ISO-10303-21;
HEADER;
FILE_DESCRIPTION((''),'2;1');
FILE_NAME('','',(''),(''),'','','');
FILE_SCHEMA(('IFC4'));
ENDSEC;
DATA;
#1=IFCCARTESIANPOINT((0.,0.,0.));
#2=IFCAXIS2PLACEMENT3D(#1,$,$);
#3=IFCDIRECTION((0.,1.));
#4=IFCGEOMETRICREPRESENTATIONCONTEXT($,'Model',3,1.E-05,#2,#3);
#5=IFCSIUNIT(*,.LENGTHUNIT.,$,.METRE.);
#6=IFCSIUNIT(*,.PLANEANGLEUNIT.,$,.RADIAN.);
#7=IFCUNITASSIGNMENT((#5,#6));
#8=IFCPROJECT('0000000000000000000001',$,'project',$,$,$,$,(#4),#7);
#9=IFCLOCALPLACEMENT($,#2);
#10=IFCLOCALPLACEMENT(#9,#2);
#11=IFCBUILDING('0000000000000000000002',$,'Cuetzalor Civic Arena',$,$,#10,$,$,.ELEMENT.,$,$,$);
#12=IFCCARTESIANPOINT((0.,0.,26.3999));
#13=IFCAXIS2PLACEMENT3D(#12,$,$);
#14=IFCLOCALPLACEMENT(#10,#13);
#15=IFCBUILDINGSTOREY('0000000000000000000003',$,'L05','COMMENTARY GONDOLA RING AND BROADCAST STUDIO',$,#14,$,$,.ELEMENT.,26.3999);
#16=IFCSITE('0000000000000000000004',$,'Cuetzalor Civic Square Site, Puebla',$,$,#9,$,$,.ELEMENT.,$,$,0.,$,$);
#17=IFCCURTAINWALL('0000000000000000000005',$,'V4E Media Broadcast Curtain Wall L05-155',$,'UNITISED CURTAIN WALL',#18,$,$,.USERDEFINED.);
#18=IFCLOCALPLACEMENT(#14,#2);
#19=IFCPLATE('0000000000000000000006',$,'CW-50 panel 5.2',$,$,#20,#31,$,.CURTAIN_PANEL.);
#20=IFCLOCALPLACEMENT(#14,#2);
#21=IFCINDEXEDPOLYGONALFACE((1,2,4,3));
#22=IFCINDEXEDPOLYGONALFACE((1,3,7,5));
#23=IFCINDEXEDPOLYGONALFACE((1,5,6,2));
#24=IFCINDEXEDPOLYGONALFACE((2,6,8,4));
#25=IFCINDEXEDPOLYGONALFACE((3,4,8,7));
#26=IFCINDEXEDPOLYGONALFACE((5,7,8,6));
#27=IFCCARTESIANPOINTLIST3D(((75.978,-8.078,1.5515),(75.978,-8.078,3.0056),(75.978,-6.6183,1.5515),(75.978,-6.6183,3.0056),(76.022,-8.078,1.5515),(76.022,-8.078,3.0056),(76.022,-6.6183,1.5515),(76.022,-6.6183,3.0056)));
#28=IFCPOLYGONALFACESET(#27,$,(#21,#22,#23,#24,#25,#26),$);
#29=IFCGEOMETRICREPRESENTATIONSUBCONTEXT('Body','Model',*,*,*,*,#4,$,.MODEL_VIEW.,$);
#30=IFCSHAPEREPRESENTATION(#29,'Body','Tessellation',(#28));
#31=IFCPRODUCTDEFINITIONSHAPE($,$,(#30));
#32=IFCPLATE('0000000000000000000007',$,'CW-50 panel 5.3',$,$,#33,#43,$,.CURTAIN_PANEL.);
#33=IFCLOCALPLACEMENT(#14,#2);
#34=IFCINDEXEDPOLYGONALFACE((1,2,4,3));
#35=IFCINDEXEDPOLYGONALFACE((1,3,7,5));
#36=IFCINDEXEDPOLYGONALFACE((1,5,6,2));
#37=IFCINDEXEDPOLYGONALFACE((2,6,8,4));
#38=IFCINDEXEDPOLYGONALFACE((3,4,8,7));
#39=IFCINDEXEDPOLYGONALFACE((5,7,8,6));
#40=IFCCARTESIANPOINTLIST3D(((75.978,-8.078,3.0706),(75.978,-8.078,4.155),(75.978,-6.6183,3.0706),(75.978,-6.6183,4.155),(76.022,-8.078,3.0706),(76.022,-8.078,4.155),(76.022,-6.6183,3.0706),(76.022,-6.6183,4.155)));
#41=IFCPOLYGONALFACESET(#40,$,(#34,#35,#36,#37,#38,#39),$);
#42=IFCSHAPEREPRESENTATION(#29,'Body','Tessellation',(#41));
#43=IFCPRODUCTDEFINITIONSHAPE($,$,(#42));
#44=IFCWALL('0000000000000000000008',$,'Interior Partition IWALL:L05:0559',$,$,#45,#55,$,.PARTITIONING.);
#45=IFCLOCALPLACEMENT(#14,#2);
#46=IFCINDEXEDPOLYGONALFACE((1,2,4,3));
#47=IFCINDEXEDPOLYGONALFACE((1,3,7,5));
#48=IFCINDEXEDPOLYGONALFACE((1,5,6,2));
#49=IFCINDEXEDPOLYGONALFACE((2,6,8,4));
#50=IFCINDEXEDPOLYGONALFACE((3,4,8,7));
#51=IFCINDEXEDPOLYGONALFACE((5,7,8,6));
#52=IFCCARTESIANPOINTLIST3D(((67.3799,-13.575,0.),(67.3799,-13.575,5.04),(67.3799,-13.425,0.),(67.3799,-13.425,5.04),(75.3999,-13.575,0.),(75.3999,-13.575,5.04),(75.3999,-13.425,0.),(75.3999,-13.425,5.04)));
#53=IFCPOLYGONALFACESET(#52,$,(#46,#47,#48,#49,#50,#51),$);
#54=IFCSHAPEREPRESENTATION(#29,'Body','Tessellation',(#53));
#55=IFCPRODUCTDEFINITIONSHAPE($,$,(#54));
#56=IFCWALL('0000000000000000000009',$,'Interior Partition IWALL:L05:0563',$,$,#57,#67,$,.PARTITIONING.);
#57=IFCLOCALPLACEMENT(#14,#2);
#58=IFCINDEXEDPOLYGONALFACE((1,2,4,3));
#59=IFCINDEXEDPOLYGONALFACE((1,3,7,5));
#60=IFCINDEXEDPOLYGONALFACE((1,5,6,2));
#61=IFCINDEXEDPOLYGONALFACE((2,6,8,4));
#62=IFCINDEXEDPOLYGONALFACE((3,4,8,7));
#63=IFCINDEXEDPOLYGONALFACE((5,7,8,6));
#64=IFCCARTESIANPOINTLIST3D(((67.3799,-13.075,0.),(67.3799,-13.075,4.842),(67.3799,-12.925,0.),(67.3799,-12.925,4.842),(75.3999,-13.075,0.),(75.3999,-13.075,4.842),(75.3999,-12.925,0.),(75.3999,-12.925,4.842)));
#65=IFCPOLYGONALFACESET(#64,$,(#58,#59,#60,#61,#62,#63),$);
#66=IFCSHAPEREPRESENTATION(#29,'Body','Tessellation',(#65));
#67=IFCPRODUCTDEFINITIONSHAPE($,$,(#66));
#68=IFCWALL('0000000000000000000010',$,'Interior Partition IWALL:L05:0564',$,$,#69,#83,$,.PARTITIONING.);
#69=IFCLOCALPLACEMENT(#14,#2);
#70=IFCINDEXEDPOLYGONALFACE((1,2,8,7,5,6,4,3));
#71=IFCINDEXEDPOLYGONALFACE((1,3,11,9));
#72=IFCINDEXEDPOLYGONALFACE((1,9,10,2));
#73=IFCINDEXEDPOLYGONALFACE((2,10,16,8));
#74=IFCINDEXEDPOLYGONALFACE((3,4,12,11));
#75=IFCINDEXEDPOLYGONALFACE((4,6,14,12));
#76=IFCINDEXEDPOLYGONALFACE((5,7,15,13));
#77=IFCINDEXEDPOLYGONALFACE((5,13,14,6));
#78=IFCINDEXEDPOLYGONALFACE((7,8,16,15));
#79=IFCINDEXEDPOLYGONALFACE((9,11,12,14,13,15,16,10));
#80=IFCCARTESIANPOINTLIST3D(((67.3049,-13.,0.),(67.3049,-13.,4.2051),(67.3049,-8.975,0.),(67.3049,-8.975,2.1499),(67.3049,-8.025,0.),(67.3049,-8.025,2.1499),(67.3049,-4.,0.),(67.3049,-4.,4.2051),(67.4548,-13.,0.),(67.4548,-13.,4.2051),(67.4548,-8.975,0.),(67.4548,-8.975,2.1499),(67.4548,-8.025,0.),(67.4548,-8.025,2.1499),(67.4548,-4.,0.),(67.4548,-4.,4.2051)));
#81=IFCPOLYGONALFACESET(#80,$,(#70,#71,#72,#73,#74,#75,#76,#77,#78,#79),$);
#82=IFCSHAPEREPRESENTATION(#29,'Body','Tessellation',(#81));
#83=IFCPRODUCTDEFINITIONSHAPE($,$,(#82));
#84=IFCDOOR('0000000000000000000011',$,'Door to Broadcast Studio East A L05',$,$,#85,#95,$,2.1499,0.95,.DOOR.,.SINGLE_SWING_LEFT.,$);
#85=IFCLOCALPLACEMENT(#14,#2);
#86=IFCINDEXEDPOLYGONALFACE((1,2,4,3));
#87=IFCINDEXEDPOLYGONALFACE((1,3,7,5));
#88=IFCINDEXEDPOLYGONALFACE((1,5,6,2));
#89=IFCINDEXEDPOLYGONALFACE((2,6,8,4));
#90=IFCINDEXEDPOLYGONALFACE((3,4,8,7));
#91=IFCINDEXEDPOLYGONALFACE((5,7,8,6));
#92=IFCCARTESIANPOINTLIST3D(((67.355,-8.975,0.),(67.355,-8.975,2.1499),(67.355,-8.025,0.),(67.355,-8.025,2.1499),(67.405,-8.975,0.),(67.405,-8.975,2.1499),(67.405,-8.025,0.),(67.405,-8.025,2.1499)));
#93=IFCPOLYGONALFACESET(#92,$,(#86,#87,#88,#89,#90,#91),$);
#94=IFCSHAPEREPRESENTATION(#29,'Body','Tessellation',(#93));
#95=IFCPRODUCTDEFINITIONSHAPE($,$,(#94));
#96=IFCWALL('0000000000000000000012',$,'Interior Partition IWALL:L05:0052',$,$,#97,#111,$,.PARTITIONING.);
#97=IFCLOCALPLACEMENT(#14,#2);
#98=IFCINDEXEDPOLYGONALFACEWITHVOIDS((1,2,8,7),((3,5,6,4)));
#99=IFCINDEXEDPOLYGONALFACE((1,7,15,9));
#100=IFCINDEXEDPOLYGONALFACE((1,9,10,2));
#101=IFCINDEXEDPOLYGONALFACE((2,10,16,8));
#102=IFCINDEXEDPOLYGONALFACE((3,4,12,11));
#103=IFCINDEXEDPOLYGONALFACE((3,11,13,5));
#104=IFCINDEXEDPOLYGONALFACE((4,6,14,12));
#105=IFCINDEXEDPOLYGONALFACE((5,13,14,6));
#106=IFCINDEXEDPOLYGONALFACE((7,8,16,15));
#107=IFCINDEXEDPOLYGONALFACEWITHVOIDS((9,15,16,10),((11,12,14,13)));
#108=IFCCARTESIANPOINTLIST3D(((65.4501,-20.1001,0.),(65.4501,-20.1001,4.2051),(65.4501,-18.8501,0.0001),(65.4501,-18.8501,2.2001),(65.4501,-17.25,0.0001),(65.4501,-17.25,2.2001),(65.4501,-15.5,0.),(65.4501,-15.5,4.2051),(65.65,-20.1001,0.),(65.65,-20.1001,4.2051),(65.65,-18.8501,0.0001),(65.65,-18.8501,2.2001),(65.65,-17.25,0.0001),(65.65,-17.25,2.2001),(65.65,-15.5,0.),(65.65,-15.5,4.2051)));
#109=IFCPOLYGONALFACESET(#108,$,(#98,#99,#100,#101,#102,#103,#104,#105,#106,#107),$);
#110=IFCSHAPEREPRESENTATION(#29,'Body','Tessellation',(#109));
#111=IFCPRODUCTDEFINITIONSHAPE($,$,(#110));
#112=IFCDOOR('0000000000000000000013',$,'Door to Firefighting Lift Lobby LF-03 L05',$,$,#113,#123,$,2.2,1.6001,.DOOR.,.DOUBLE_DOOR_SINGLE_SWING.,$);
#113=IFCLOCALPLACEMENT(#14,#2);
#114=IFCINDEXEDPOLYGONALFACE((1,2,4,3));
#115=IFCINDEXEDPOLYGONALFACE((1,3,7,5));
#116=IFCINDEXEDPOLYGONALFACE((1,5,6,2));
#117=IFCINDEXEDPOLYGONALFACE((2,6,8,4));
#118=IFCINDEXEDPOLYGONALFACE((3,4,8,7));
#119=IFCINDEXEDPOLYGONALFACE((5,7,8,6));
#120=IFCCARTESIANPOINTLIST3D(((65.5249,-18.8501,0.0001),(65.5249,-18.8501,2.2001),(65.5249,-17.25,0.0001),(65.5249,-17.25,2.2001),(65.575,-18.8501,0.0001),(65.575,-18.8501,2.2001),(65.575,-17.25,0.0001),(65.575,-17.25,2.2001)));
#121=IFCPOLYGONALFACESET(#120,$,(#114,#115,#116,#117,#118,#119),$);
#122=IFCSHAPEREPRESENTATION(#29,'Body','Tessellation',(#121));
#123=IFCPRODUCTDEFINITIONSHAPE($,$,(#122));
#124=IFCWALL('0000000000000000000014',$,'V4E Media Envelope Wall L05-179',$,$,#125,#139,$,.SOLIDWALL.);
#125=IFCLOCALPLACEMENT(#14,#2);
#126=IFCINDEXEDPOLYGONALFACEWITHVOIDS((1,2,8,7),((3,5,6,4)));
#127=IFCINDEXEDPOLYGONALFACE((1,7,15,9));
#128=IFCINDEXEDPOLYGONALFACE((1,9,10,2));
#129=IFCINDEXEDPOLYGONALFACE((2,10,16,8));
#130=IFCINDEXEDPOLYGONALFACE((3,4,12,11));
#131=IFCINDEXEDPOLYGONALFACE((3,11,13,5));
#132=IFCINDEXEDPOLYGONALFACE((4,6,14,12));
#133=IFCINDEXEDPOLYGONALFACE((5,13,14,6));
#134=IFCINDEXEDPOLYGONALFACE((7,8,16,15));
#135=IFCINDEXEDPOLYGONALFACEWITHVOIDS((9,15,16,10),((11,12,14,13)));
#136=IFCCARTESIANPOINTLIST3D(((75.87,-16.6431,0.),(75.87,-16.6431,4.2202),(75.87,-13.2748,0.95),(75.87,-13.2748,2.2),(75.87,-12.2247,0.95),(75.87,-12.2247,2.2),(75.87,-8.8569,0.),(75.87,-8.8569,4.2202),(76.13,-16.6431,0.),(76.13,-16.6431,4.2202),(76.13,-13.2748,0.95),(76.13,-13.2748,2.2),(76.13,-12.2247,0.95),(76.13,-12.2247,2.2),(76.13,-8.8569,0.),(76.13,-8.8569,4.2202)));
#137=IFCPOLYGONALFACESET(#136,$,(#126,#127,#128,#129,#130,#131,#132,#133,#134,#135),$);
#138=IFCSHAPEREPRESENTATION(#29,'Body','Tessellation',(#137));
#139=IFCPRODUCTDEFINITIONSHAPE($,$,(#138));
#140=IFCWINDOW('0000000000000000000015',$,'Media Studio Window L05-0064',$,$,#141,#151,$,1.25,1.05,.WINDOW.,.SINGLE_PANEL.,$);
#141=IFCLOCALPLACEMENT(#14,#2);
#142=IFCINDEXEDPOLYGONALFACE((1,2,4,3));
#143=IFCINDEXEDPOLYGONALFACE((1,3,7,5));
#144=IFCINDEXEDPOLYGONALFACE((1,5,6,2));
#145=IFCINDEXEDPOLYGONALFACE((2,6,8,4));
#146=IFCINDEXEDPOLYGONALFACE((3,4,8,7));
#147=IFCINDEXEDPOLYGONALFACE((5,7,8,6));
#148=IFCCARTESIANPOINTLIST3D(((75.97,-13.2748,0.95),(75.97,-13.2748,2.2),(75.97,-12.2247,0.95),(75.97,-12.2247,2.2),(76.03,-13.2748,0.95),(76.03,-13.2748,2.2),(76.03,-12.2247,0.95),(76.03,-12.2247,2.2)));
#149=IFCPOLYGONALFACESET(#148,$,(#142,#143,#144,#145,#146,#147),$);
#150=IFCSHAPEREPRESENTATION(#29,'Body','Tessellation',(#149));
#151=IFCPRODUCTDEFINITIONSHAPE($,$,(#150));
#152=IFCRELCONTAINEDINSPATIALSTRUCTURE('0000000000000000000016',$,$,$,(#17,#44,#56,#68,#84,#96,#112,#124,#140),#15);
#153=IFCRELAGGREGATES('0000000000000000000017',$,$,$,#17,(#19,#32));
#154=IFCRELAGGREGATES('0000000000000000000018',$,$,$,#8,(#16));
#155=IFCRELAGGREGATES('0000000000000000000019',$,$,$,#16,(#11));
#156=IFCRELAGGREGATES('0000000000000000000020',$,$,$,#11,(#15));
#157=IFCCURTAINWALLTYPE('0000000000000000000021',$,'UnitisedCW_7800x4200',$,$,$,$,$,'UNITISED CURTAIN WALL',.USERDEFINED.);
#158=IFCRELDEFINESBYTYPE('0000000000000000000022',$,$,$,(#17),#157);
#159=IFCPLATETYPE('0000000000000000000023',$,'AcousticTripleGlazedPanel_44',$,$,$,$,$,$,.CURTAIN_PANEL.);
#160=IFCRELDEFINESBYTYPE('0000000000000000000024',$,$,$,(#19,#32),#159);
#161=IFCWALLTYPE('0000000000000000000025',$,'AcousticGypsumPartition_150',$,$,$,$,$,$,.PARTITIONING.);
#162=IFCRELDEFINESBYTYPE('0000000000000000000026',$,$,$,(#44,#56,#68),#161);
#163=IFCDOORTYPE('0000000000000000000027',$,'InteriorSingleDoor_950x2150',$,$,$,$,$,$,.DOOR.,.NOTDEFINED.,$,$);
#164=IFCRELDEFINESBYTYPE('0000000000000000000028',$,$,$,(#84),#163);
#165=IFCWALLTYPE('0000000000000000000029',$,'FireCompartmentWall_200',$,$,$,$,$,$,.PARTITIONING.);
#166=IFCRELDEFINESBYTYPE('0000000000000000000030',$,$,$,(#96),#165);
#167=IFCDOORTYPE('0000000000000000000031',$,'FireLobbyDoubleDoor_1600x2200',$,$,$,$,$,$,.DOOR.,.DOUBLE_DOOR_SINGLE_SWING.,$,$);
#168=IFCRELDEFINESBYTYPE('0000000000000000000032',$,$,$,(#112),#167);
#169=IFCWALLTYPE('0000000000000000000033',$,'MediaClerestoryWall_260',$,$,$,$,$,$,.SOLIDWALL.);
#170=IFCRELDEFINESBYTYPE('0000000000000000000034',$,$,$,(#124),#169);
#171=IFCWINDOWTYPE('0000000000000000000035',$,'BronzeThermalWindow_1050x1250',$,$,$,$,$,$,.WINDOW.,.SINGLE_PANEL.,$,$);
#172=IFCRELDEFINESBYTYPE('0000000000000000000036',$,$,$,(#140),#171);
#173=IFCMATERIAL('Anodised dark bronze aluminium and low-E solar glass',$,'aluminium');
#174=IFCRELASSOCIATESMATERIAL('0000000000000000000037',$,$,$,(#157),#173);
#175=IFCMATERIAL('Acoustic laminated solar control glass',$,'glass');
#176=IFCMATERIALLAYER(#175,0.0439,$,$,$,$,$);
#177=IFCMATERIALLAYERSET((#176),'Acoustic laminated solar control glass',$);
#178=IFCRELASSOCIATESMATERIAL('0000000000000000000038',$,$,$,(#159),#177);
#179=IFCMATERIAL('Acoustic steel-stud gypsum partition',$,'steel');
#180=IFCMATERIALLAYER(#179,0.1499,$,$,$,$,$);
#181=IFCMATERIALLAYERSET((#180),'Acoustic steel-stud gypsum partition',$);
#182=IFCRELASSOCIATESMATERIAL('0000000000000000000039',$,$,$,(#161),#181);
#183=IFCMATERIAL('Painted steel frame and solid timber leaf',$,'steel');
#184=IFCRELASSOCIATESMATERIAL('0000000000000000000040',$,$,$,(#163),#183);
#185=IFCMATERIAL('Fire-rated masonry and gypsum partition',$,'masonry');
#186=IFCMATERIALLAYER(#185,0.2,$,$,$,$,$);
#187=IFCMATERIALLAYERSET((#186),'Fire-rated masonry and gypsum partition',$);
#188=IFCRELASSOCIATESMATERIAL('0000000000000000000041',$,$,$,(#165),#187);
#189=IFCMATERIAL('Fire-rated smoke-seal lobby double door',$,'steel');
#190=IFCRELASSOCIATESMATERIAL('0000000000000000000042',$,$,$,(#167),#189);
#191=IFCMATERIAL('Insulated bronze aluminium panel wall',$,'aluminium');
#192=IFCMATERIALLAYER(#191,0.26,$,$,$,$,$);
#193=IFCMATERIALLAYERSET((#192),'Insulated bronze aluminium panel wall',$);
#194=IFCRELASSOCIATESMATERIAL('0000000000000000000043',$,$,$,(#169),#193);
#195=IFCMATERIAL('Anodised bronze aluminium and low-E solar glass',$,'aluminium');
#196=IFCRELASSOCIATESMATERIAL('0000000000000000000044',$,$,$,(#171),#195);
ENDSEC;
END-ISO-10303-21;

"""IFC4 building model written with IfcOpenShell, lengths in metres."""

from ifc_helpers import new_model, si_unit, direction, frame, frame_2d, origin, origin_2d, place, context, subcontext, project, spatial, rectangle, extrude, material, layer, layer_set, type_object, element, fill, aggregate, save


model = new_model("IFC4")

# Units and contexts
model_context = context("Model", 3, precision=1e-05, world=origin(), true_north=direction((0.0, 1.0)))
body_context = subcontext(model_context, "Body", "Model", "MODEL_VIEW")
ifc_project = project(units=[si_unit("LENGTHUNIT", "METRE"), si_unit("PLANEANGLEUNIT", "RADIAN")], contexts=[model_context])

# Site, building, storey
site_placement = place(None, origin())
site = spatial("IfcSite", under=ifc_project, at=site_placement, Name="Cuetzalor Civic Square Site, Puebla", CompositionType="ELEMENT", RefElevation=0.0)
building_placement = place(site_placement, origin())
building = spatial("IfcBuilding", under=site, at=building_placement, Name="Cuetzalor Civic Arena", CompositionType="ELEMENT")
storey_placement = place(building_placement, frame((0.0, 0.0, 26.3999)))
storey = spatial("IfcBuildingStorey", under=building, at=storey_placement, Name="L05", Description="COMMENTARY GONDOLA RING AND BROADCAST STUDIO", CompositionType="ELEMENT", Elevation=26.3999)

# Curtain wall, plates
ifc_material_1 = material(Name="Anodised dark bronze aluminium and low-E solar glass", Category="aluminium")
curtain_wall_type = type_object("IfcCurtainWallType", Name="UnitisedCW_7800x4200", ElementType="UNITISED CURTAIN WALL", PredefinedType="USERDEFINED", material=ifc_material_1)
curtain_wall_placement = place(storey_placement, origin())
curtain_wall = element("IfcCurtainWall", 1, at=curtain_wall_placement, inside=storey, type_object=curtain_wall_type, Name="V4E Media Broadcast Curtain Wall L05-155", ObjectType="UNITISED CURTAIN WALL", PredefinedType="USERDEFINED")
ifc_material_2 = material(Name="Acoustic laminated solar control glass", Category="glass")
ifc_layer_1 = layer(ifc_material_2, 0.0439)
ifc_layer_set_1 = layer_set([ifc_layer_1], Name="Acoustic laminated solar control glass")
plate_type = type_object("IfcPlateType", Name="AcousticTripleGlazedPanel_44", PredefinedType="CURTAIN_PANEL", material=ifc_layer_set_1)
plate_1_placement = place(storey_placement, frame((76.0, -7.3481, 1.5515), z_axis=(0.0, 0.0, 1.0), x_axis=(0.0, -1.0, 0.0)))
plate_1 = element("IfcPlate", 2, at=plate_1_placement, type_object=plate_type, Name="CW-50 panel 5.2", PredefinedType="CURTAIN_PANEL", context=body_context, shape_type="SweptSolid", body=[
    extrude(rectangle(XDim=1.4597, YDim=0.0439, at=origin_2d()), origin(), (0.0, 0.0, 1.0), 1.4541),
])
plate_2_placement = place(storey_placement, frame((76.0, -7.3481, 3.0706), z_axis=(0.0, 0.0, 1.0), x_axis=(0.0, -1.0, 0.0)))
plate_2 = element("IfcPlate", 3, at=plate_2_placement, type_object=plate_type, Name="CW-50 panel 5.3", PredefinedType="CURTAIN_PANEL", context=body_context, shape_type="SweptSolid", body=[
    extrude(rectangle(XDim=1.4597, YDim=0.0439, at=origin_2d()), origin(), (0.0, 0.0, 1.0), 1.0845),
])
aggregate(curtain_wall, [plate_1, plate_2])

# Walls
ifc_material_3 = material(Name="Acoustic steel-stud gypsum partition", Category="steel")
ifc_layer_2 = layer(ifc_material_3, 0.1499)
ifc_layer_set_2 = layer_set([ifc_layer_2], Name="Acoustic steel-stud gypsum partition")
wall_type_1 = type_object("IfcWallType", Name="AcousticGypsumPartition_150", PredefinedType="PARTITIONING", material=ifc_layer_set_2)
wall_1_placement = place(storey_placement, frame((67.3799, -13.5, 0.0), z_axis=(0.0, 0.0, 1.0), x_axis=(1.0, 0.0, 0.0)))
element("IfcWall", 4, at=wall_1_placement, inside=storey, type_object=wall_type_1, Name="Interior Partition IWALL:L05:0559", PredefinedType="PARTITIONING", context=body_context, shape_type="SweptSolid", body=[
    extrude(rectangle(XDim=8.02, YDim=0.1499, at=frame_2d((4.01, 0.0))), origin(), (0.0, 0.0, 1.0), 5.04),
])
wall_2_placement = place(storey_placement, frame((75.3999, -13.0, 0.0), z_axis=(0.0, 0.0, 1.0), x_axis=(-1.0, 0.0, 0.0)))
element("IfcWall", 5, at=wall_2_placement, inside=storey, type_object=wall_type_1, Name="Interior Partition IWALL:L05:0563", PredefinedType="PARTITIONING", context=body_context, shape_type="SweptSolid", body=[
    extrude(rectangle(XDim=8.02, YDim=0.1499, at=frame_2d((4.01, 0.0))), origin(), (0.0, 0.0, 1.0), 4.842),
])

# Walls, openings, doors
wall_3_placement = place(storey_placement, frame((67.3799, -13.0, 0.0), z_axis=(0.0, 0.0, 1.0), x_axis=(0.0, 1.0, 0.0)))
wall_3 = element("IfcWall", 6, at=wall_3_placement, inside=storey, type_object=wall_type_1, Name="Interior Partition IWALL:L05:0564", PredefinedType="PARTITIONING", context=body_context, shape_type="SweptSolid", body=[
    extrude(rectangle(XDim=9.0, YDim=0.1499, at=frame_2d((4.5, 0.0))), origin(), (0.0, 0.0, 1.0), 4.2051),
])
opening_1_placement = place(wall_3_placement, frame((4.0249, 0.0, 0.0)))
opening_1 = element("IfcOpeningElement", 7, at=opening_1_placement, cuts=wall_3, PredefinedType="OPENING", context=body_context, shape_type="SweptSolid", body=[
    extrude(rectangle(XDim=0.95, YDim=2.1499, at=frame_2d((0.4751, 1.075))), frame((0.0, 0.085, 0.0), z_axis=(0.0, -1.0, 0.0), x_axis=(1.0, 0.0, 0.0)), (0.0, 0.0, 1.0), 0.1699),
])
ifc_material_4 = material(Name="Painted steel frame and solid timber leaf", Category="steel")
door_type_1 = type_object("IfcDoorType", Name="InteriorSingleDoor_950x2150", OperationType="NOTDEFINED", PredefinedType="DOOR", material=ifc_material_4)
door_1_placement = place(opening_1_placement, origin())
door_1 = element("IfcDoor", 8, at=door_1_placement, inside=storey, type_object=door_type_1, Name="Door to Broadcast Studio East A L05", OperationType="SINGLE_SWING_LEFT", OverallHeight=2.1499, OverallWidth=0.95, PredefinedType="DOOR", context=body_context, shape_type="SweptSolid", body=[
    extrude(rectangle(XDim=0.95, YDim=2.1499, at=frame_2d((0.4751, 1.075))), frame((0.0, 0.0249, 0.0), z_axis=(0.0, -1.0, 0.0), x_axis=(1.0, 0.0, 0.0)), (0.0, 0.0, 1.0), 0.05),
])
fill(opening_1, door_1)
ifc_material_5 = material(Name="Fire-rated masonry and gypsum partition", Category="masonry")
ifc_layer_3 = layer(ifc_material_5, 0.2)
ifc_layer_set_3 = layer_set([ifc_layer_3], Name="Fire-rated masonry and gypsum partition")
wall_type_2 = type_object("IfcWallType", Name="FireCompartmentWall_200", PredefinedType="PARTITIONING", material=ifc_layer_set_3)
wall_4_placement = place(storey_placement, frame((65.55, -15.5, 0.0), z_axis=(0.0, 0.0, 1.0), x_axis=(0.0, -1.0, 0.0)))
wall_4 = element("IfcWall", 9, at=wall_4_placement, inside=storey, type_object=wall_type_2, Name="Interior Partition IWALL:L05:0052", PredefinedType="PARTITIONING", context=body_context, shape_type="SweptSolid", body=[
    extrude(rectangle(XDim=4.6001, YDim=0.2, at=frame_2d((2.3, 0.0))), origin(), (0.0, 0.0, 1.0), 4.2051),
])
opening_2_placement = place(wall_4_placement, frame((1.75, 0.0, 0.0)))
opening_2 = element("IfcOpeningElement", 10, at=opening_2_placement, cuts=wall_4, PredefinedType="OPENING", context=body_context, shape_type="SweptSolid", body=[
    extrude(rectangle(XDim=1.6001, YDim=2.2, at=frame_2d((0.8, 1.1001))), frame((0.0, 0.1099, 0.0), z_axis=(0.0, -1.0, 0.0), x_axis=(1.0, 0.0, 0.0)), (0.0, 0.0, 1.0), 0.22),
])
ifc_material_6 = material(Name="Fire-rated smoke-seal lobby double door", Category="steel")
door_type_2 = type_object("IfcDoorType", Name="FireLobbyDoubleDoor_1600x2200", OperationType="DOUBLE_DOOR_SINGLE_SWING", PredefinedType="DOOR", material=ifc_material_6)
door_2_placement = place(opening_2_placement, origin())
door_2 = element("IfcDoor", 11, at=door_2_placement, inside=storey, type_object=door_type_2, Name="Door to Firefighting Lift Lobby LF-03 L05", OperationType="DOUBLE_DOOR_SINGLE_SWING", OverallHeight=2.2, OverallWidth=1.6001, PredefinedType="DOOR", context=body_context, shape_type="SweptSolid", body=[
    extrude(rectangle(XDim=1.6001, YDim=2.2, at=frame_2d((0.8, 1.1001))), frame((0.0, 0.0249, 0.0), z_axis=(0.0, -1.0, 0.0), x_axis=(1.0, 0.0, 0.0)), (0.0, 0.0, 1.0), 0.05),
])
fill(opening_2, door_2)

# Wall, opening, window
ifc_material_7 = material(Name="Insulated bronze aluminium panel wall", Category="aluminium")
ifc_layer_4 = layer(ifc_material_7, 0.26)
ifc_layer_set_4 = layer_set([ifc_layer_4], Name="Insulated bronze aluminium panel wall")
wall_type_3 = type_object("IfcWallType", Name="MediaClerestoryWall_260", PredefinedType="SOLIDWALL", material=ifc_layer_set_4)
wall_5_placement = place(storey_placement, frame((76.0, -8.8569, 0.0), z_axis=(0.0, 0.0, 1.0), x_axis=(0.0, -1.0, 0.0)))
wall_5 = element("IfcWall", 12, at=wall_5_placement, inside=storey, type_object=wall_type_3, Name="V4E Media Envelope Wall L05-179", PredefinedType="SOLIDWALL", context=body_context, shape_type="SweptSolid", body=[
    extrude(rectangle(XDim=7.7861, YDim=0.26, at=frame_2d((3.8931, 0.0))), origin(), (0.0, 0.0, 1.0), 4.2202),
])
opening_3_placement = place(wall_5_placement, frame((3.3679, 0.0, 0.95)))
opening_3 = element("IfcOpeningElement", 13, at=opening_3_placement, cuts=wall_5, PredefinedType="OPENING", context=body_context, shape_type="SweptSolid", body=[
    extrude(rectangle(XDim=1.05, YDim=1.25, at=frame_2d((0.5249, 0.625))), frame((0.0, 0.1401, 0.0), z_axis=(0.0, -1.0, 0.0), x_axis=(1.0, 0.0, 0.0)), (0.0, 0.0, 1.0), 0.28),
])
ifc_material_8 = material(Name="Anodised bronze aluminium and low-E solar glass", Category="aluminium")
window_type = type_object("IfcWindowType", Name="BronzeThermalWindow_1050x1250", PartitioningType="SINGLE_PANEL", PredefinedType="WINDOW", material=ifc_material_8)
window_placement = place(opening_3_placement, origin())
window = element("IfcWindow", 14, at=window_placement, inside=storey, type_object=window_type, Name="Media Studio Window L05-0064", OverallHeight=1.25, OverallWidth=1.05, PartitioningType="SINGLE_PANEL", PredefinedType="WINDOW", context=body_context, shape_type="SweptSolid", body=[
    extrude(rectangle(XDim=1.05, YDim=1.25, at=frame_2d((0.5249, 0.625))), frame((0.0, 0.03, 0.0), z_axis=(0.0, -1.0, 0.0), x_axis=(1.0, 0.0, 0.0)), (0.0, 0.0, 1.0), 0.0601),
])
fill(opening_3, window)

save(model, "model.ifc")
